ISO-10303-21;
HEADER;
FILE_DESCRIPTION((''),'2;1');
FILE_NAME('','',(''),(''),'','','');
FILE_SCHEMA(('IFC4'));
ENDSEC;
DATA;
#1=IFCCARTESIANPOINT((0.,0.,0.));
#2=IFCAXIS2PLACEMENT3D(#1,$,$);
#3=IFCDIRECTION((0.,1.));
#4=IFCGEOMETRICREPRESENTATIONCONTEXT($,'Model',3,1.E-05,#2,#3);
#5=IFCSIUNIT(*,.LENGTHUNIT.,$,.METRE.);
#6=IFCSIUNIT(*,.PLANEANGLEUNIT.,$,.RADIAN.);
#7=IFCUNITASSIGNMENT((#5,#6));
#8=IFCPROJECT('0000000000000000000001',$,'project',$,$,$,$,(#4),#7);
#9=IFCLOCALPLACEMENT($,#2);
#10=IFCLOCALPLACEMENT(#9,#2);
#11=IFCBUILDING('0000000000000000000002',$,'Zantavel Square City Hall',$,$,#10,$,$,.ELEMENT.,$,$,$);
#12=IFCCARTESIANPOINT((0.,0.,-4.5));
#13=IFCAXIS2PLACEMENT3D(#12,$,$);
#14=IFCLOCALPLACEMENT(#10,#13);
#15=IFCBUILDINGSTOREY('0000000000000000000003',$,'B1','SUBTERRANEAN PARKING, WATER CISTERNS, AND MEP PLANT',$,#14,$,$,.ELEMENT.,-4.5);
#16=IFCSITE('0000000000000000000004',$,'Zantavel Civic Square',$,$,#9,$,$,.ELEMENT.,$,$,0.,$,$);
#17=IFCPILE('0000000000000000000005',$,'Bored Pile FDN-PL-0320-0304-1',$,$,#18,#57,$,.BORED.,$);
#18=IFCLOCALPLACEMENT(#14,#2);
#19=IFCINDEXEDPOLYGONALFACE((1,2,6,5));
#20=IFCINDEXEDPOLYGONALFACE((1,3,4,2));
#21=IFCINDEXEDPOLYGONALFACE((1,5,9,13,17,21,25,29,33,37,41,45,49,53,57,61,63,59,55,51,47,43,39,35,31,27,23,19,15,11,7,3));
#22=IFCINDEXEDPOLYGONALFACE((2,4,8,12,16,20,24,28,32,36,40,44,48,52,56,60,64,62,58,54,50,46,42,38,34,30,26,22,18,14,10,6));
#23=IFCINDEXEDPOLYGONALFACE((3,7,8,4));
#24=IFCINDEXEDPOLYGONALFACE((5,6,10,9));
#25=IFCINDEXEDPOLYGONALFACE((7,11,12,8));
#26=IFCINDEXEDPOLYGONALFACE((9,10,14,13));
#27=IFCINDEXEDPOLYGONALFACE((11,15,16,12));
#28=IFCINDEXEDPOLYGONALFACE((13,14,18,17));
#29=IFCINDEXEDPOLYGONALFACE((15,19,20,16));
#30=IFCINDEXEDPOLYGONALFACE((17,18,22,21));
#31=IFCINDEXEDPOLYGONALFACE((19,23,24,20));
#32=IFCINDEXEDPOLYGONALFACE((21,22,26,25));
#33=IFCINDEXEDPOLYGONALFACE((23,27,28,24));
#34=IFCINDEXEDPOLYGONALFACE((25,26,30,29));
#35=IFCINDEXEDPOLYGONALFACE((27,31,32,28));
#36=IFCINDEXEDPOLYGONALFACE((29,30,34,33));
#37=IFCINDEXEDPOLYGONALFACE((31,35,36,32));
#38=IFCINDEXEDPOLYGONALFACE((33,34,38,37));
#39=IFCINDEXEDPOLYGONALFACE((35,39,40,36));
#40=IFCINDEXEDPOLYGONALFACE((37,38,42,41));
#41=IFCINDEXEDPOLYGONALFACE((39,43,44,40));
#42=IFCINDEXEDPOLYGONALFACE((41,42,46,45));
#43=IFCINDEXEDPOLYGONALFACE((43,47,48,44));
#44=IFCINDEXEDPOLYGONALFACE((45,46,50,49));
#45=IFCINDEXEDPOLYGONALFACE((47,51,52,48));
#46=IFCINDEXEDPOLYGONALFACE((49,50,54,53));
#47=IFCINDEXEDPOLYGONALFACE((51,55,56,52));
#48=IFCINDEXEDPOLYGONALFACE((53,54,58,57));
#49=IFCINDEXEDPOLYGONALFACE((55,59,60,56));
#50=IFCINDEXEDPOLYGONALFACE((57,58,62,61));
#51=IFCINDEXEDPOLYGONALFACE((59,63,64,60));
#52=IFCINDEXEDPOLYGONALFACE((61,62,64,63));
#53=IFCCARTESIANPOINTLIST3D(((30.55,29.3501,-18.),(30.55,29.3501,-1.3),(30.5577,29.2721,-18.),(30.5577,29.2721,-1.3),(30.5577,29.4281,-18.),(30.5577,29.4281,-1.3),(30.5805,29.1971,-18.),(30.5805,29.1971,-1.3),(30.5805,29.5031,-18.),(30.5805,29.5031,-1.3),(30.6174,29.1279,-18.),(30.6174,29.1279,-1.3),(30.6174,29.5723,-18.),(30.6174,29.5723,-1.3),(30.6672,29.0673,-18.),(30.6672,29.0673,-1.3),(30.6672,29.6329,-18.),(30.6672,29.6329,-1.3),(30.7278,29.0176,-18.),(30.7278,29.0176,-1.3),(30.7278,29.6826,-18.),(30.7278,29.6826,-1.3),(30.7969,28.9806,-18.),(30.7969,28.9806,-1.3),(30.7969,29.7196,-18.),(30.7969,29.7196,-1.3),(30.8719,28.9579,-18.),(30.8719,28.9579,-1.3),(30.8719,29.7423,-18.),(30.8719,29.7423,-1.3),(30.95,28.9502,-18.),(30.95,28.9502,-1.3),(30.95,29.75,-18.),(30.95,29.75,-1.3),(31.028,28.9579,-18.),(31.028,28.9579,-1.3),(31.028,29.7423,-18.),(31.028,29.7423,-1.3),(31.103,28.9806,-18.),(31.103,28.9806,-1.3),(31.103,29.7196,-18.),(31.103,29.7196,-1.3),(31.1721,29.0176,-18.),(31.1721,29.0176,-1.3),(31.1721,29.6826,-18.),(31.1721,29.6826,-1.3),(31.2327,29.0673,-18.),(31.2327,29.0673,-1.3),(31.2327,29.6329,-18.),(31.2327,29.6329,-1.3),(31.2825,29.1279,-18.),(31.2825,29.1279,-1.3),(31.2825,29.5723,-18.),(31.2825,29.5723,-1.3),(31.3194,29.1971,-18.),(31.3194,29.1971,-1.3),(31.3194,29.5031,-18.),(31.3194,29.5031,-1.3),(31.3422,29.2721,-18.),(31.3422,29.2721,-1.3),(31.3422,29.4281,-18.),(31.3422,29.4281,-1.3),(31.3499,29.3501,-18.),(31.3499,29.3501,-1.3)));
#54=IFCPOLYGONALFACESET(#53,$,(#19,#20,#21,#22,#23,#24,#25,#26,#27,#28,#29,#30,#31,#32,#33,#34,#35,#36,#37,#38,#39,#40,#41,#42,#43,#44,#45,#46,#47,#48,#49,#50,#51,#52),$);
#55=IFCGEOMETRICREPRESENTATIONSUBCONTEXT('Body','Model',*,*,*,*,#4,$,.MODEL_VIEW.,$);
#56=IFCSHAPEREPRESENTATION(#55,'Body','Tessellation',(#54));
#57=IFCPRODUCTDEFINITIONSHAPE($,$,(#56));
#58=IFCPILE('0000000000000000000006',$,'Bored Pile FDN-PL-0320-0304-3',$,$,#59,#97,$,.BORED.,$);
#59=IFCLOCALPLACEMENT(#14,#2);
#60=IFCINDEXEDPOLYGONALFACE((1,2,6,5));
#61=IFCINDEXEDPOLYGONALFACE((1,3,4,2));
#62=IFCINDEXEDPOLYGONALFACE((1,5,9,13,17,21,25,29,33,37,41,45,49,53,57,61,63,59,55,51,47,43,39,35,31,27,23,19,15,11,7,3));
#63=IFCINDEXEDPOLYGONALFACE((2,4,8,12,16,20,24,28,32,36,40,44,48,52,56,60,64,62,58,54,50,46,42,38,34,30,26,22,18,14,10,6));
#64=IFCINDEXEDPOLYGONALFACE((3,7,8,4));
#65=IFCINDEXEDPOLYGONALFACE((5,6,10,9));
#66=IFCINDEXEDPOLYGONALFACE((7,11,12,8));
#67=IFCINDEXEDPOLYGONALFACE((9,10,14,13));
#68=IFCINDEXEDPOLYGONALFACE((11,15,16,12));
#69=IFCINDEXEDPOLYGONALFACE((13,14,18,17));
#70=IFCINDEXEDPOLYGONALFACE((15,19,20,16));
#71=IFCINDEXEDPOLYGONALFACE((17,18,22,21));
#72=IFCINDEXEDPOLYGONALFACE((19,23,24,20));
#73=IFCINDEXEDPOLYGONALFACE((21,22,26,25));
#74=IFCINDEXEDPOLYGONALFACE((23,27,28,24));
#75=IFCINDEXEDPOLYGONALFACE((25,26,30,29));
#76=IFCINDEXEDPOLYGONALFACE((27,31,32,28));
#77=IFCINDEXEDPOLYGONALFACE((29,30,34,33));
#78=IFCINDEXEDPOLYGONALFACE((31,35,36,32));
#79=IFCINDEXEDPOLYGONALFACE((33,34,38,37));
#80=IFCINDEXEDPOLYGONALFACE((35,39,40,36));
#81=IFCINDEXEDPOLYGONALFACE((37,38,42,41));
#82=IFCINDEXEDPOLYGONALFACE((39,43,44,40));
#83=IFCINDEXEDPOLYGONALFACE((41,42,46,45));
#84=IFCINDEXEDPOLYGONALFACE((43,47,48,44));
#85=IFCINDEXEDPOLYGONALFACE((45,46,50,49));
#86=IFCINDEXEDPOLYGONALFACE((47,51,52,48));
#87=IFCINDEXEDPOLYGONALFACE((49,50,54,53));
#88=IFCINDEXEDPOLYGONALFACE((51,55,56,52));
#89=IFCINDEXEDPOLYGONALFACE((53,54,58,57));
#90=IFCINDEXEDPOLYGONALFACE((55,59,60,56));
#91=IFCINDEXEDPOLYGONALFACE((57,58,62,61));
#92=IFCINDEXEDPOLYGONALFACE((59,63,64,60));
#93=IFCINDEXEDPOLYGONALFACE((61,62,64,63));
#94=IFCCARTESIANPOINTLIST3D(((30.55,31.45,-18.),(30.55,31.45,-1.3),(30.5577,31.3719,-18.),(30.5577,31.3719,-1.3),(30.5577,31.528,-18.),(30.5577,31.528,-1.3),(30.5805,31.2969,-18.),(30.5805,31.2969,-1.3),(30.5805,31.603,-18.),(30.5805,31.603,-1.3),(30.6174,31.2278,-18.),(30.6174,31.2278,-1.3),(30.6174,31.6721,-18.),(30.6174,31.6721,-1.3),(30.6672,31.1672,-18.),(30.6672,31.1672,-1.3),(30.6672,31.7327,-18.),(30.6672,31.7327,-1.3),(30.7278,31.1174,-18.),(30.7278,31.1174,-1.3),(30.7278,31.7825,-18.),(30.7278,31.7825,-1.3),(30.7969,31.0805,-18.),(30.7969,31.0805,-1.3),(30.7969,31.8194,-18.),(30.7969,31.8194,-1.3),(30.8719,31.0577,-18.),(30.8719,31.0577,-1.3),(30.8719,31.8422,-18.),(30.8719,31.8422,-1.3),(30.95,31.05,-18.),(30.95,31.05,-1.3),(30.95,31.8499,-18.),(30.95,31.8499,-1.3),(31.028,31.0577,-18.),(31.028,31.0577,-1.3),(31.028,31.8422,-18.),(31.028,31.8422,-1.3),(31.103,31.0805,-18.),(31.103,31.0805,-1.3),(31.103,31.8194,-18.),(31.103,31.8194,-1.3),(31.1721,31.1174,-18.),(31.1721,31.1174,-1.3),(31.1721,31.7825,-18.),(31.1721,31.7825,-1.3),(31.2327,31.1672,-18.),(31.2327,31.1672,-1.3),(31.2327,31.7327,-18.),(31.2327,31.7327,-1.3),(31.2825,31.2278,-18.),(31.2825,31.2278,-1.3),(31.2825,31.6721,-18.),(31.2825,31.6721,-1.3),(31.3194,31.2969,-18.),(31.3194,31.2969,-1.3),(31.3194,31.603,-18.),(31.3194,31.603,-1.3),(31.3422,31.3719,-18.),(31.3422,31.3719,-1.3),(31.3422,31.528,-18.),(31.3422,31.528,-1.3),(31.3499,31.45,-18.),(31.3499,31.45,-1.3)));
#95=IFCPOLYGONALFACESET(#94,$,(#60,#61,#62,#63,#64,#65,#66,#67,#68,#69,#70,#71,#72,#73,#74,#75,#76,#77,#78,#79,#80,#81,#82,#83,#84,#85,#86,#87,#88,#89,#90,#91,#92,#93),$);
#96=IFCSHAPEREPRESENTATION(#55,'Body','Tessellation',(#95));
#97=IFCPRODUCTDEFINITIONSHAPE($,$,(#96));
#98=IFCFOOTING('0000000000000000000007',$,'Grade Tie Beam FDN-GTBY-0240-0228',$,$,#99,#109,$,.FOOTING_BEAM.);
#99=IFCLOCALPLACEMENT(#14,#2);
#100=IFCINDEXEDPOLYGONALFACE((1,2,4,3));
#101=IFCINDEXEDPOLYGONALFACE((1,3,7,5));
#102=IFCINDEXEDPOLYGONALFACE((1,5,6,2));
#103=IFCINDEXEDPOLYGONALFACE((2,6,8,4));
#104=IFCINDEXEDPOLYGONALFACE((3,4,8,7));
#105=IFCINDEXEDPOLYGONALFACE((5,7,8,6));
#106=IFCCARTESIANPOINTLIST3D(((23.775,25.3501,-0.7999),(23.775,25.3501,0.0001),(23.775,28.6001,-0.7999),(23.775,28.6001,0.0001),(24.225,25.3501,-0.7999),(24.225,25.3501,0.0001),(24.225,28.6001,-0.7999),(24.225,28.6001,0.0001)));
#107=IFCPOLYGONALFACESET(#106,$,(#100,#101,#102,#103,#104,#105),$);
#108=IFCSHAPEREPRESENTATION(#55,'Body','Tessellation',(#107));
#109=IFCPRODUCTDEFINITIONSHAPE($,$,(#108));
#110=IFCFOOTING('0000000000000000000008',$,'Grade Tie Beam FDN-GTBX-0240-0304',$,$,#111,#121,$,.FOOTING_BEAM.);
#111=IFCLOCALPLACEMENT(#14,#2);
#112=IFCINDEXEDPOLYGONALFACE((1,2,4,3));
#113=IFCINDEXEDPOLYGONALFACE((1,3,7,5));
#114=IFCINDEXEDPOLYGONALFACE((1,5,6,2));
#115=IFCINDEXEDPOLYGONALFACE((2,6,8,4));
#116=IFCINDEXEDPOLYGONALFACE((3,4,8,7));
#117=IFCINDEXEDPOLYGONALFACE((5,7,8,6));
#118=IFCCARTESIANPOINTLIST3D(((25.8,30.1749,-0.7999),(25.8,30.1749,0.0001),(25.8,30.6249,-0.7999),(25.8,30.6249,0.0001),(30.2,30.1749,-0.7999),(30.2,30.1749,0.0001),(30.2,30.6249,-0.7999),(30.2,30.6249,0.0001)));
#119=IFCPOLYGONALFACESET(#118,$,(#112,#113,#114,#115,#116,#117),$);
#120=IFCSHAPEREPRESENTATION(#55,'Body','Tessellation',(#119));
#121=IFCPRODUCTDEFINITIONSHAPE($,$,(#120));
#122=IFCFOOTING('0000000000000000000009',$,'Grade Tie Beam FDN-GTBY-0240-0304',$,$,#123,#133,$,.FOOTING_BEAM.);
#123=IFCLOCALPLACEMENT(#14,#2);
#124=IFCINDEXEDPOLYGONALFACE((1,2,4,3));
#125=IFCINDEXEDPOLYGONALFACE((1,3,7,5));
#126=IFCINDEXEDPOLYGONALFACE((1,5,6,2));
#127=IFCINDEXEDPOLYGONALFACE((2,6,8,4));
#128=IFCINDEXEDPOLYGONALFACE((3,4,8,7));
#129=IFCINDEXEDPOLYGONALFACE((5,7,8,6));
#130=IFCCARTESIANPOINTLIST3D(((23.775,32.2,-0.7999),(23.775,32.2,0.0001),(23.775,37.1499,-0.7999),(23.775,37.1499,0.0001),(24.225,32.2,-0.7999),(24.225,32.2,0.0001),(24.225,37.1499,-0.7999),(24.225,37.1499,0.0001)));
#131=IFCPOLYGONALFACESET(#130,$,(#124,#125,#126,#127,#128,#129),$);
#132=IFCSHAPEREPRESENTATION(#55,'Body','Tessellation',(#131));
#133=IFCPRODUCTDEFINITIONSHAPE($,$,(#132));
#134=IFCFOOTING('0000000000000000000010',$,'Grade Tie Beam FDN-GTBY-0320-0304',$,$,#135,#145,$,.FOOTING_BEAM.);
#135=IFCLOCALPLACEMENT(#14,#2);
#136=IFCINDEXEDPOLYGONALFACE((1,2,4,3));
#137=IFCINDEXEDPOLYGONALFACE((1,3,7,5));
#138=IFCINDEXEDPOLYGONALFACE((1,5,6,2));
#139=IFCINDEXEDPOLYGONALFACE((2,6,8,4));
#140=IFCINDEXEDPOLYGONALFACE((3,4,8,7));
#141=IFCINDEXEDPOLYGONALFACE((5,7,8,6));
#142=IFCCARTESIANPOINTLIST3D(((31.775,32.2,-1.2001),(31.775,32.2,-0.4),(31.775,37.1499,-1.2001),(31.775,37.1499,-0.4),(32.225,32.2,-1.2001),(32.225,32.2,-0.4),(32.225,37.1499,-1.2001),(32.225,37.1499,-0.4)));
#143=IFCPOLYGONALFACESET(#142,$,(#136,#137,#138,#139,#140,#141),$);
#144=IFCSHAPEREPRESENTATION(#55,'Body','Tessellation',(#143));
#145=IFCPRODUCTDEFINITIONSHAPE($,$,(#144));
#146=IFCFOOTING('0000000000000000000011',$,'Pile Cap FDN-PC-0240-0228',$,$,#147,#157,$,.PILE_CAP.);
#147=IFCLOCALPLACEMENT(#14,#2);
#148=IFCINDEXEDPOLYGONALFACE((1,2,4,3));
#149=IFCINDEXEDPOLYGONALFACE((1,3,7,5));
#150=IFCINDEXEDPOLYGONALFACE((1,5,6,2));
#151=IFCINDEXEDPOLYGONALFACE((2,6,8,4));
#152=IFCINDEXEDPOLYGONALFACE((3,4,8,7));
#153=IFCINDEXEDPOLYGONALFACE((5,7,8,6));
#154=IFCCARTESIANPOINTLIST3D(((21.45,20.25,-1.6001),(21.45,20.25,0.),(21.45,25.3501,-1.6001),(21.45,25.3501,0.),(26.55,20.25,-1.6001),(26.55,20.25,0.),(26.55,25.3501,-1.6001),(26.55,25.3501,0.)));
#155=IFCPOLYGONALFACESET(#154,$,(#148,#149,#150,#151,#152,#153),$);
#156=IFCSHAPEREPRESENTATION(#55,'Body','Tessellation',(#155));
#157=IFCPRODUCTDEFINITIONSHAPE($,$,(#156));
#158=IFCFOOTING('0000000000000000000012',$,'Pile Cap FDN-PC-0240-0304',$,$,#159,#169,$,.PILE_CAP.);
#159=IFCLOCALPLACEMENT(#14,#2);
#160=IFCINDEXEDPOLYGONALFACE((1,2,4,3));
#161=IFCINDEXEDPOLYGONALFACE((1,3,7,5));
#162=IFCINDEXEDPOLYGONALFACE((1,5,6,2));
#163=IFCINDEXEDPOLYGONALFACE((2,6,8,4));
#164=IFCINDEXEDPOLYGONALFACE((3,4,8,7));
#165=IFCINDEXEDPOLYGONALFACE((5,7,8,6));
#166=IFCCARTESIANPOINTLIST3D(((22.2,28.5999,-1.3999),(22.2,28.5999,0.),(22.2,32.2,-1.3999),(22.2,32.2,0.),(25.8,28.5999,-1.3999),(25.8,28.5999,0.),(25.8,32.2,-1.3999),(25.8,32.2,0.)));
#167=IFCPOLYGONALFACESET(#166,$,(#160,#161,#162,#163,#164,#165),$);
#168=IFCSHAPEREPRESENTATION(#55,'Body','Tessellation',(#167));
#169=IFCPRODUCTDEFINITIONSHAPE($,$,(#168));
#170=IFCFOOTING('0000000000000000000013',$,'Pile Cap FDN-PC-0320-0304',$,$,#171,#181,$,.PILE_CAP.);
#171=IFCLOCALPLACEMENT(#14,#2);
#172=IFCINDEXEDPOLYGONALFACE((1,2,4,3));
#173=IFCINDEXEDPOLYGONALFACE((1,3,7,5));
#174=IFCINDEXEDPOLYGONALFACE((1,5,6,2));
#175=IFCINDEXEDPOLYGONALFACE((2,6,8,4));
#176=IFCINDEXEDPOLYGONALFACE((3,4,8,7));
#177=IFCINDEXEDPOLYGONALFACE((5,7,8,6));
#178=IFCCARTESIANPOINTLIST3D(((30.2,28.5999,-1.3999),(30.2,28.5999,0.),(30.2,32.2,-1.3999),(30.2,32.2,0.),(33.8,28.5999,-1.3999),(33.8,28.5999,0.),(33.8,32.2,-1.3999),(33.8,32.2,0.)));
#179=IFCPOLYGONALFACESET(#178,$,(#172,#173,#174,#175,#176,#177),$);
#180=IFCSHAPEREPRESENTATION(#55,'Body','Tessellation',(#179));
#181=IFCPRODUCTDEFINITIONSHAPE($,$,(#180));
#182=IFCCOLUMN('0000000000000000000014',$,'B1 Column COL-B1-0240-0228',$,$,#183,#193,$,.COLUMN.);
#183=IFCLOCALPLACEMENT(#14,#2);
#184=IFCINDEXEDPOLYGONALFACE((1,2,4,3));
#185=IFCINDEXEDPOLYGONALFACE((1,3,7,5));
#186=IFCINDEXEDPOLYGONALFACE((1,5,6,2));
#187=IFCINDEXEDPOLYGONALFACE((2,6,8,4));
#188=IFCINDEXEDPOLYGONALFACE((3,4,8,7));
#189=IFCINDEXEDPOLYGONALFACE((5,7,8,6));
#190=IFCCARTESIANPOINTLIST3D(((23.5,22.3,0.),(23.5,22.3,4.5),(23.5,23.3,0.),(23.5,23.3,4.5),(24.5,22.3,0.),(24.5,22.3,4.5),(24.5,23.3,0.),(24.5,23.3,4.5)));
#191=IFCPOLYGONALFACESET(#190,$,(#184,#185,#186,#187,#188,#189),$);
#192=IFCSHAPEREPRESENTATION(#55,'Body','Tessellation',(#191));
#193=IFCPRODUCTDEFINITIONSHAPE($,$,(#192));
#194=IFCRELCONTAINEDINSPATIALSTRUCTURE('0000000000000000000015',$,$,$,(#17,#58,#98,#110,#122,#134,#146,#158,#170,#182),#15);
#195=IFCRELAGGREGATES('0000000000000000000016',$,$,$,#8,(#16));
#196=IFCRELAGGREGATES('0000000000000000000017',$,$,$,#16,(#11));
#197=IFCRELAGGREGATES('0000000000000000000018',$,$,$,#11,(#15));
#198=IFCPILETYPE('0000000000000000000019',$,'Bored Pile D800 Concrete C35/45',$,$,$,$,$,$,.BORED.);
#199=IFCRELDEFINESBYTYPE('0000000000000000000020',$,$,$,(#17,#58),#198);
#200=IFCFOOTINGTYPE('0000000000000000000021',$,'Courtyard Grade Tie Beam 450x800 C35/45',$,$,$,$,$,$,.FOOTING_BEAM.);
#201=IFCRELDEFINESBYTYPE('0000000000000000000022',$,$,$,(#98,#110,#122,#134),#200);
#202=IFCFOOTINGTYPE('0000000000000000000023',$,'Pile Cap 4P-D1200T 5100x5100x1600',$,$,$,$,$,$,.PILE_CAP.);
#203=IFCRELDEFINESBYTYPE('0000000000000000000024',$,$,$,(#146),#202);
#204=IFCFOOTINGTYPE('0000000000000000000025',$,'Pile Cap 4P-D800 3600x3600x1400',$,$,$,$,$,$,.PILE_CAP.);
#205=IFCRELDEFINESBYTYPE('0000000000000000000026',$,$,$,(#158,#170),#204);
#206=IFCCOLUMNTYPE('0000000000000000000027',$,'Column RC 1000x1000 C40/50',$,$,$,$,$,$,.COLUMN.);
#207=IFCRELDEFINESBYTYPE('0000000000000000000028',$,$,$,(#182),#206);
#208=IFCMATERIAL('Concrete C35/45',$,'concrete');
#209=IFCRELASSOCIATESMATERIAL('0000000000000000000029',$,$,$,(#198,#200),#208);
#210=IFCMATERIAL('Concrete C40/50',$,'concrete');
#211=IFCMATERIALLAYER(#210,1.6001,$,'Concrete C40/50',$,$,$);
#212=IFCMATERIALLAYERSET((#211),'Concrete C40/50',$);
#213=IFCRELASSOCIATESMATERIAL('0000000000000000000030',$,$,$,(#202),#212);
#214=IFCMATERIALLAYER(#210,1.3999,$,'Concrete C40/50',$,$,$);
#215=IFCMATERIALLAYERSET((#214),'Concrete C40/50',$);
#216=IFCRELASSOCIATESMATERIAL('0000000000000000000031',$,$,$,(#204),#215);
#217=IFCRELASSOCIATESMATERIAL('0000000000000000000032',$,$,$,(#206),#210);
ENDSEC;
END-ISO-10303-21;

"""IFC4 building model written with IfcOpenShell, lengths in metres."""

from ifc_helpers import new_model, si_unit, direction, frame, origin, origin_2d, place, context, subcontext, project, spatial, rectangle, circle, extrude, material, layer, layer_set, material_profile, profile_set, type_object, element, save


model = new_model("IFC4")

# Units and contexts
model_context = context("Model", 3, precision=1e-05, world=origin(), true_north=direction((0.0, 1.0)))
body_context = subcontext(model_context, "Body", "Model", "MODEL_VIEW")
ifc_project = project(units=[si_unit("LENGTHUNIT", "METRE"), si_unit("PLANEANGLEUNIT", "RADIAN")], contexts=[model_context])

# Site, building, storey
site_placement = place(None, origin())
site = spatial("IfcSite", under=ifc_project, at=site_placement, Name="Zantavel Civic Square", CompositionType="ELEMENT", RefElevation=0.0)
building_placement = place(site_placement, origin())
building = spatial("IfcBuilding", under=site, at=building_placement, Name="Zantavel Square City Hall", CompositionType="ELEMENT")
storey_placement = place(building_placement, frame((0.0, 0.0, -4.5)))
storey = spatial("IfcBuildingStorey", under=building, at=storey_placement, Name="B1", Description="SUBTERRANEAN PARKING, WATER CISTERNS, AND MEP PLANT", CompositionType="ELEMENT", Elevation=-4.5)

# Piles
ifc_material_1 = material(Name="Concrete C35/45", Category="concrete")
ifc_material_profile_1 = material_profile(ifc_material_1, circle(Radius=0.3999, at=origin_2d()), Name="PILE D800")
ifc_profile_set_1 = profile_set([ifc_material_profile_1], Name="Concrete C35/45")
pile_type_1 = type_object("IfcPileType", Name="Bored Pile D800 Concrete C35/45", PredefinedType="BORED", material=ifc_profile_set_1)
for number, where, z_axis, x_axis, name in (
    (1, (30.95, 29.3501, -1.3), (0.0, 0.0, -1.0), (1.0, 0.0, 0.0), "Bored Pile FDN-PL-0320-0304-1"),
    (2, (30.95, 31.45, -1.3), (0.0, 0.0, -1.0), (1.0, 0.0, 0.0), "Bored Pile FDN-PL-0320-0304-3"),
):
    element("IfcPile", number, at=place(storey_placement, frame(where, z_axis=z_axis, x_axis=x_axis)), inside=storey, type_object=pile_type_1, Name=name, PredefinedType="BORED", context=body_context, shape_type="SweptSolid", body=[
        extrude(circle(Radius=0.3999, at=origin_2d()), origin(), (0.0, 0.0, 1.0), 16.7),
    ])

# Footings
ifc_material_profile_2 = material_profile(ifc_material_1, rectangle(XDim=0.45, YDim=0.8, at=origin_2d()), Name="RC 450x800")
ifc_profile_set_2 = profile_set([ifc_material_profile_2], Name="Concrete C35/45")
footing_type_1 = type_object("IfcFootingType", Name="Courtyard Grade Tie Beam 450x800 C35/45", PredefinedType="FOOTING_BEAM", material=ifc_profile_set_2)
footing_1_placement = place(storey_placement, frame((24.0, 25.3501, -0.3999), z_axis=(0.0, 1.0, 0.0), x_axis=(-1.0, 0.0, 0.0)))
element("IfcFooting", 3, at=footing_1_placement, inside=storey, type_object=footing_type_1, Name="Grade Tie Beam FDN-GTBY-0240-0228", PredefinedType="FOOTING_BEAM", context=body_context, shape_type="SweptSolid", body=[
    extrude(rectangle(XDim=0.45, YDim=0.8, at=origin_2d()), origin(), (0.0, 0.0, 1.0), 3.25),
])
footing_2_placement = place(storey_placement, frame((25.8, 30.3999, -0.3999), z_axis=(1.0, 0.0, 0.0), x_axis=(0.0, 1.0, 0.0)))
element("IfcFooting", 4, at=footing_2_placement, inside=storey, type_object=footing_type_1, Name="Grade Tie Beam FDN-GTBX-0240-0304", PredefinedType="FOOTING_BEAM", context=body_context, shape_type="SweptSolid", body=[
    extrude(rectangle(XDim=0.45, YDim=0.8, at=origin_2d()), origin(), (0.0, 0.0, 1.0), 4.3999),
])
for number, where, z_axis, x_axis, name in (
    (5, (24.0, 32.2, -0.3999), (0.0, 1.0, 0.0), (-1.0, 0.0, 0.0), "Grade Tie Beam FDN-GTBY-0240-0304"),
    (6, (32.0, 32.2, -0.8), (0.0, 1.0, 0.0), (-1.0, 0.0, 0.0), "Grade Tie Beam FDN-GTBY-0320-0304"),
):
    element("IfcFooting", number, at=place(storey_placement, frame(where, z_axis=z_axis, x_axis=x_axis)), inside=storey, type_object=footing_type_1, Name=name, PredefinedType="FOOTING_BEAM", context=body_context, shape_type="SweptSolid", body=[
        extrude(rectangle(XDim=0.45, YDim=0.8, at=origin_2d()), origin(), (0.0, 0.0, 1.0), 4.95),
    ])
ifc_material_2 = material(Name="Concrete C40/50", Category="concrete")
ifc_layer_1 = layer(ifc_material_2, 1.6001, Name="Concrete C40/50")
ifc_layer_set_1 = layer_set([ifc_layer_1], Name="Concrete C40/50")
footing_type_2 = type_object("IfcFootingType", Name="Pile Cap 4P-D1200T 5100x5100x1600", PredefinedType="PILE_CAP", material=ifc_layer_set_1)
footing_3_placement = place(storey_placement, frame((24.0, 22.8, -1.6001), z_axis=(0.0, 0.0, 1.0), x_axis=(1.0, 0.0, 0.0)))
element("IfcFooting", 7, at=footing_3_placement, inside=storey, type_object=footing_type_2, Name="Pile Cap FDN-PC-0240-0228", PredefinedType="PILE_CAP", context=body_context, shape_type="SweptSolid", body=[
    extrude(rectangle(XDim=5.1001, YDim=5.1001, at=origin_2d()), origin(), (0.0, 0.0, 1.0), 1.6001),
])
ifc_layer_2 = layer(ifc_material_2, 1.3999, Name="Concrete C40/50")
ifc_layer_set_2 = layer_set([ifc_layer_2], Name="Concrete C40/50")
footing_type_3 = type_object("IfcFootingType", Name="Pile Cap 4P-D800 3600x3600x1400", PredefinedType="PILE_CAP", material=ifc_layer_set_2)
for number, where, z_axis, x_axis, name in (
    (8, (24.0, 30.3999, -1.3999), (0.0, 0.0, 1.0), (1.0, 0.0, 0.0), "Pile Cap FDN-PC-0240-0304"),
    (9, (32.0, 30.3999, -1.3999), (0.0, 0.0, 1.0), (1.0, 0.0, 0.0), "Pile Cap FDN-PC-0320-0304"),
):
    element("IfcFooting", number, at=place(storey_placement, frame(where, z_axis=z_axis, x_axis=x_axis)), inside=storey, type_object=footing_type_3, Name=name, PredefinedType="PILE_CAP", context=body_context, shape_type="SweptSolid", body=[
        extrude(rectangle(XDim=3.6001, YDim=3.6001, at=origin_2d()), origin(), (0.0, 0.0, 1.0), 1.3999),
    ])

# Column
ifc_material_profile_3 = material_profile(ifc_material_2, rectangle(XDim=1.0, YDim=1.0, at=origin_2d()), Name="RC 1000x1000")
ifc_profile_set_3 = profile_set([ifc_material_profile_3], Name="Concrete C40/50")
column_type_1 = type_object("IfcColumnType", Name="Column RC 1000x1000 C40/50", PredefinedType="COLUMN", material=ifc_profile_set_3)
column_placement = place(storey_placement, frame((24.0, 22.8, 0.0), z_axis=(0.0, 0.0, 1.0), x_axis=(1.0, 0.0, 0.0)))
element("IfcColumn", 10, at=column_placement, inside=storey, type_object=column_type_1, Name="B1 Column COL-B1-0240-0228", PredefinedType="COLUMN", context=body_context, shape_type="SweptSolid", body=[
    extrude(rectangle(XDim=1.0, YDim=1.0, at=origin_2d()), origin(), (0.0, 0.0, 1.0), 4.5),
])

save(model, "model.ifc")
